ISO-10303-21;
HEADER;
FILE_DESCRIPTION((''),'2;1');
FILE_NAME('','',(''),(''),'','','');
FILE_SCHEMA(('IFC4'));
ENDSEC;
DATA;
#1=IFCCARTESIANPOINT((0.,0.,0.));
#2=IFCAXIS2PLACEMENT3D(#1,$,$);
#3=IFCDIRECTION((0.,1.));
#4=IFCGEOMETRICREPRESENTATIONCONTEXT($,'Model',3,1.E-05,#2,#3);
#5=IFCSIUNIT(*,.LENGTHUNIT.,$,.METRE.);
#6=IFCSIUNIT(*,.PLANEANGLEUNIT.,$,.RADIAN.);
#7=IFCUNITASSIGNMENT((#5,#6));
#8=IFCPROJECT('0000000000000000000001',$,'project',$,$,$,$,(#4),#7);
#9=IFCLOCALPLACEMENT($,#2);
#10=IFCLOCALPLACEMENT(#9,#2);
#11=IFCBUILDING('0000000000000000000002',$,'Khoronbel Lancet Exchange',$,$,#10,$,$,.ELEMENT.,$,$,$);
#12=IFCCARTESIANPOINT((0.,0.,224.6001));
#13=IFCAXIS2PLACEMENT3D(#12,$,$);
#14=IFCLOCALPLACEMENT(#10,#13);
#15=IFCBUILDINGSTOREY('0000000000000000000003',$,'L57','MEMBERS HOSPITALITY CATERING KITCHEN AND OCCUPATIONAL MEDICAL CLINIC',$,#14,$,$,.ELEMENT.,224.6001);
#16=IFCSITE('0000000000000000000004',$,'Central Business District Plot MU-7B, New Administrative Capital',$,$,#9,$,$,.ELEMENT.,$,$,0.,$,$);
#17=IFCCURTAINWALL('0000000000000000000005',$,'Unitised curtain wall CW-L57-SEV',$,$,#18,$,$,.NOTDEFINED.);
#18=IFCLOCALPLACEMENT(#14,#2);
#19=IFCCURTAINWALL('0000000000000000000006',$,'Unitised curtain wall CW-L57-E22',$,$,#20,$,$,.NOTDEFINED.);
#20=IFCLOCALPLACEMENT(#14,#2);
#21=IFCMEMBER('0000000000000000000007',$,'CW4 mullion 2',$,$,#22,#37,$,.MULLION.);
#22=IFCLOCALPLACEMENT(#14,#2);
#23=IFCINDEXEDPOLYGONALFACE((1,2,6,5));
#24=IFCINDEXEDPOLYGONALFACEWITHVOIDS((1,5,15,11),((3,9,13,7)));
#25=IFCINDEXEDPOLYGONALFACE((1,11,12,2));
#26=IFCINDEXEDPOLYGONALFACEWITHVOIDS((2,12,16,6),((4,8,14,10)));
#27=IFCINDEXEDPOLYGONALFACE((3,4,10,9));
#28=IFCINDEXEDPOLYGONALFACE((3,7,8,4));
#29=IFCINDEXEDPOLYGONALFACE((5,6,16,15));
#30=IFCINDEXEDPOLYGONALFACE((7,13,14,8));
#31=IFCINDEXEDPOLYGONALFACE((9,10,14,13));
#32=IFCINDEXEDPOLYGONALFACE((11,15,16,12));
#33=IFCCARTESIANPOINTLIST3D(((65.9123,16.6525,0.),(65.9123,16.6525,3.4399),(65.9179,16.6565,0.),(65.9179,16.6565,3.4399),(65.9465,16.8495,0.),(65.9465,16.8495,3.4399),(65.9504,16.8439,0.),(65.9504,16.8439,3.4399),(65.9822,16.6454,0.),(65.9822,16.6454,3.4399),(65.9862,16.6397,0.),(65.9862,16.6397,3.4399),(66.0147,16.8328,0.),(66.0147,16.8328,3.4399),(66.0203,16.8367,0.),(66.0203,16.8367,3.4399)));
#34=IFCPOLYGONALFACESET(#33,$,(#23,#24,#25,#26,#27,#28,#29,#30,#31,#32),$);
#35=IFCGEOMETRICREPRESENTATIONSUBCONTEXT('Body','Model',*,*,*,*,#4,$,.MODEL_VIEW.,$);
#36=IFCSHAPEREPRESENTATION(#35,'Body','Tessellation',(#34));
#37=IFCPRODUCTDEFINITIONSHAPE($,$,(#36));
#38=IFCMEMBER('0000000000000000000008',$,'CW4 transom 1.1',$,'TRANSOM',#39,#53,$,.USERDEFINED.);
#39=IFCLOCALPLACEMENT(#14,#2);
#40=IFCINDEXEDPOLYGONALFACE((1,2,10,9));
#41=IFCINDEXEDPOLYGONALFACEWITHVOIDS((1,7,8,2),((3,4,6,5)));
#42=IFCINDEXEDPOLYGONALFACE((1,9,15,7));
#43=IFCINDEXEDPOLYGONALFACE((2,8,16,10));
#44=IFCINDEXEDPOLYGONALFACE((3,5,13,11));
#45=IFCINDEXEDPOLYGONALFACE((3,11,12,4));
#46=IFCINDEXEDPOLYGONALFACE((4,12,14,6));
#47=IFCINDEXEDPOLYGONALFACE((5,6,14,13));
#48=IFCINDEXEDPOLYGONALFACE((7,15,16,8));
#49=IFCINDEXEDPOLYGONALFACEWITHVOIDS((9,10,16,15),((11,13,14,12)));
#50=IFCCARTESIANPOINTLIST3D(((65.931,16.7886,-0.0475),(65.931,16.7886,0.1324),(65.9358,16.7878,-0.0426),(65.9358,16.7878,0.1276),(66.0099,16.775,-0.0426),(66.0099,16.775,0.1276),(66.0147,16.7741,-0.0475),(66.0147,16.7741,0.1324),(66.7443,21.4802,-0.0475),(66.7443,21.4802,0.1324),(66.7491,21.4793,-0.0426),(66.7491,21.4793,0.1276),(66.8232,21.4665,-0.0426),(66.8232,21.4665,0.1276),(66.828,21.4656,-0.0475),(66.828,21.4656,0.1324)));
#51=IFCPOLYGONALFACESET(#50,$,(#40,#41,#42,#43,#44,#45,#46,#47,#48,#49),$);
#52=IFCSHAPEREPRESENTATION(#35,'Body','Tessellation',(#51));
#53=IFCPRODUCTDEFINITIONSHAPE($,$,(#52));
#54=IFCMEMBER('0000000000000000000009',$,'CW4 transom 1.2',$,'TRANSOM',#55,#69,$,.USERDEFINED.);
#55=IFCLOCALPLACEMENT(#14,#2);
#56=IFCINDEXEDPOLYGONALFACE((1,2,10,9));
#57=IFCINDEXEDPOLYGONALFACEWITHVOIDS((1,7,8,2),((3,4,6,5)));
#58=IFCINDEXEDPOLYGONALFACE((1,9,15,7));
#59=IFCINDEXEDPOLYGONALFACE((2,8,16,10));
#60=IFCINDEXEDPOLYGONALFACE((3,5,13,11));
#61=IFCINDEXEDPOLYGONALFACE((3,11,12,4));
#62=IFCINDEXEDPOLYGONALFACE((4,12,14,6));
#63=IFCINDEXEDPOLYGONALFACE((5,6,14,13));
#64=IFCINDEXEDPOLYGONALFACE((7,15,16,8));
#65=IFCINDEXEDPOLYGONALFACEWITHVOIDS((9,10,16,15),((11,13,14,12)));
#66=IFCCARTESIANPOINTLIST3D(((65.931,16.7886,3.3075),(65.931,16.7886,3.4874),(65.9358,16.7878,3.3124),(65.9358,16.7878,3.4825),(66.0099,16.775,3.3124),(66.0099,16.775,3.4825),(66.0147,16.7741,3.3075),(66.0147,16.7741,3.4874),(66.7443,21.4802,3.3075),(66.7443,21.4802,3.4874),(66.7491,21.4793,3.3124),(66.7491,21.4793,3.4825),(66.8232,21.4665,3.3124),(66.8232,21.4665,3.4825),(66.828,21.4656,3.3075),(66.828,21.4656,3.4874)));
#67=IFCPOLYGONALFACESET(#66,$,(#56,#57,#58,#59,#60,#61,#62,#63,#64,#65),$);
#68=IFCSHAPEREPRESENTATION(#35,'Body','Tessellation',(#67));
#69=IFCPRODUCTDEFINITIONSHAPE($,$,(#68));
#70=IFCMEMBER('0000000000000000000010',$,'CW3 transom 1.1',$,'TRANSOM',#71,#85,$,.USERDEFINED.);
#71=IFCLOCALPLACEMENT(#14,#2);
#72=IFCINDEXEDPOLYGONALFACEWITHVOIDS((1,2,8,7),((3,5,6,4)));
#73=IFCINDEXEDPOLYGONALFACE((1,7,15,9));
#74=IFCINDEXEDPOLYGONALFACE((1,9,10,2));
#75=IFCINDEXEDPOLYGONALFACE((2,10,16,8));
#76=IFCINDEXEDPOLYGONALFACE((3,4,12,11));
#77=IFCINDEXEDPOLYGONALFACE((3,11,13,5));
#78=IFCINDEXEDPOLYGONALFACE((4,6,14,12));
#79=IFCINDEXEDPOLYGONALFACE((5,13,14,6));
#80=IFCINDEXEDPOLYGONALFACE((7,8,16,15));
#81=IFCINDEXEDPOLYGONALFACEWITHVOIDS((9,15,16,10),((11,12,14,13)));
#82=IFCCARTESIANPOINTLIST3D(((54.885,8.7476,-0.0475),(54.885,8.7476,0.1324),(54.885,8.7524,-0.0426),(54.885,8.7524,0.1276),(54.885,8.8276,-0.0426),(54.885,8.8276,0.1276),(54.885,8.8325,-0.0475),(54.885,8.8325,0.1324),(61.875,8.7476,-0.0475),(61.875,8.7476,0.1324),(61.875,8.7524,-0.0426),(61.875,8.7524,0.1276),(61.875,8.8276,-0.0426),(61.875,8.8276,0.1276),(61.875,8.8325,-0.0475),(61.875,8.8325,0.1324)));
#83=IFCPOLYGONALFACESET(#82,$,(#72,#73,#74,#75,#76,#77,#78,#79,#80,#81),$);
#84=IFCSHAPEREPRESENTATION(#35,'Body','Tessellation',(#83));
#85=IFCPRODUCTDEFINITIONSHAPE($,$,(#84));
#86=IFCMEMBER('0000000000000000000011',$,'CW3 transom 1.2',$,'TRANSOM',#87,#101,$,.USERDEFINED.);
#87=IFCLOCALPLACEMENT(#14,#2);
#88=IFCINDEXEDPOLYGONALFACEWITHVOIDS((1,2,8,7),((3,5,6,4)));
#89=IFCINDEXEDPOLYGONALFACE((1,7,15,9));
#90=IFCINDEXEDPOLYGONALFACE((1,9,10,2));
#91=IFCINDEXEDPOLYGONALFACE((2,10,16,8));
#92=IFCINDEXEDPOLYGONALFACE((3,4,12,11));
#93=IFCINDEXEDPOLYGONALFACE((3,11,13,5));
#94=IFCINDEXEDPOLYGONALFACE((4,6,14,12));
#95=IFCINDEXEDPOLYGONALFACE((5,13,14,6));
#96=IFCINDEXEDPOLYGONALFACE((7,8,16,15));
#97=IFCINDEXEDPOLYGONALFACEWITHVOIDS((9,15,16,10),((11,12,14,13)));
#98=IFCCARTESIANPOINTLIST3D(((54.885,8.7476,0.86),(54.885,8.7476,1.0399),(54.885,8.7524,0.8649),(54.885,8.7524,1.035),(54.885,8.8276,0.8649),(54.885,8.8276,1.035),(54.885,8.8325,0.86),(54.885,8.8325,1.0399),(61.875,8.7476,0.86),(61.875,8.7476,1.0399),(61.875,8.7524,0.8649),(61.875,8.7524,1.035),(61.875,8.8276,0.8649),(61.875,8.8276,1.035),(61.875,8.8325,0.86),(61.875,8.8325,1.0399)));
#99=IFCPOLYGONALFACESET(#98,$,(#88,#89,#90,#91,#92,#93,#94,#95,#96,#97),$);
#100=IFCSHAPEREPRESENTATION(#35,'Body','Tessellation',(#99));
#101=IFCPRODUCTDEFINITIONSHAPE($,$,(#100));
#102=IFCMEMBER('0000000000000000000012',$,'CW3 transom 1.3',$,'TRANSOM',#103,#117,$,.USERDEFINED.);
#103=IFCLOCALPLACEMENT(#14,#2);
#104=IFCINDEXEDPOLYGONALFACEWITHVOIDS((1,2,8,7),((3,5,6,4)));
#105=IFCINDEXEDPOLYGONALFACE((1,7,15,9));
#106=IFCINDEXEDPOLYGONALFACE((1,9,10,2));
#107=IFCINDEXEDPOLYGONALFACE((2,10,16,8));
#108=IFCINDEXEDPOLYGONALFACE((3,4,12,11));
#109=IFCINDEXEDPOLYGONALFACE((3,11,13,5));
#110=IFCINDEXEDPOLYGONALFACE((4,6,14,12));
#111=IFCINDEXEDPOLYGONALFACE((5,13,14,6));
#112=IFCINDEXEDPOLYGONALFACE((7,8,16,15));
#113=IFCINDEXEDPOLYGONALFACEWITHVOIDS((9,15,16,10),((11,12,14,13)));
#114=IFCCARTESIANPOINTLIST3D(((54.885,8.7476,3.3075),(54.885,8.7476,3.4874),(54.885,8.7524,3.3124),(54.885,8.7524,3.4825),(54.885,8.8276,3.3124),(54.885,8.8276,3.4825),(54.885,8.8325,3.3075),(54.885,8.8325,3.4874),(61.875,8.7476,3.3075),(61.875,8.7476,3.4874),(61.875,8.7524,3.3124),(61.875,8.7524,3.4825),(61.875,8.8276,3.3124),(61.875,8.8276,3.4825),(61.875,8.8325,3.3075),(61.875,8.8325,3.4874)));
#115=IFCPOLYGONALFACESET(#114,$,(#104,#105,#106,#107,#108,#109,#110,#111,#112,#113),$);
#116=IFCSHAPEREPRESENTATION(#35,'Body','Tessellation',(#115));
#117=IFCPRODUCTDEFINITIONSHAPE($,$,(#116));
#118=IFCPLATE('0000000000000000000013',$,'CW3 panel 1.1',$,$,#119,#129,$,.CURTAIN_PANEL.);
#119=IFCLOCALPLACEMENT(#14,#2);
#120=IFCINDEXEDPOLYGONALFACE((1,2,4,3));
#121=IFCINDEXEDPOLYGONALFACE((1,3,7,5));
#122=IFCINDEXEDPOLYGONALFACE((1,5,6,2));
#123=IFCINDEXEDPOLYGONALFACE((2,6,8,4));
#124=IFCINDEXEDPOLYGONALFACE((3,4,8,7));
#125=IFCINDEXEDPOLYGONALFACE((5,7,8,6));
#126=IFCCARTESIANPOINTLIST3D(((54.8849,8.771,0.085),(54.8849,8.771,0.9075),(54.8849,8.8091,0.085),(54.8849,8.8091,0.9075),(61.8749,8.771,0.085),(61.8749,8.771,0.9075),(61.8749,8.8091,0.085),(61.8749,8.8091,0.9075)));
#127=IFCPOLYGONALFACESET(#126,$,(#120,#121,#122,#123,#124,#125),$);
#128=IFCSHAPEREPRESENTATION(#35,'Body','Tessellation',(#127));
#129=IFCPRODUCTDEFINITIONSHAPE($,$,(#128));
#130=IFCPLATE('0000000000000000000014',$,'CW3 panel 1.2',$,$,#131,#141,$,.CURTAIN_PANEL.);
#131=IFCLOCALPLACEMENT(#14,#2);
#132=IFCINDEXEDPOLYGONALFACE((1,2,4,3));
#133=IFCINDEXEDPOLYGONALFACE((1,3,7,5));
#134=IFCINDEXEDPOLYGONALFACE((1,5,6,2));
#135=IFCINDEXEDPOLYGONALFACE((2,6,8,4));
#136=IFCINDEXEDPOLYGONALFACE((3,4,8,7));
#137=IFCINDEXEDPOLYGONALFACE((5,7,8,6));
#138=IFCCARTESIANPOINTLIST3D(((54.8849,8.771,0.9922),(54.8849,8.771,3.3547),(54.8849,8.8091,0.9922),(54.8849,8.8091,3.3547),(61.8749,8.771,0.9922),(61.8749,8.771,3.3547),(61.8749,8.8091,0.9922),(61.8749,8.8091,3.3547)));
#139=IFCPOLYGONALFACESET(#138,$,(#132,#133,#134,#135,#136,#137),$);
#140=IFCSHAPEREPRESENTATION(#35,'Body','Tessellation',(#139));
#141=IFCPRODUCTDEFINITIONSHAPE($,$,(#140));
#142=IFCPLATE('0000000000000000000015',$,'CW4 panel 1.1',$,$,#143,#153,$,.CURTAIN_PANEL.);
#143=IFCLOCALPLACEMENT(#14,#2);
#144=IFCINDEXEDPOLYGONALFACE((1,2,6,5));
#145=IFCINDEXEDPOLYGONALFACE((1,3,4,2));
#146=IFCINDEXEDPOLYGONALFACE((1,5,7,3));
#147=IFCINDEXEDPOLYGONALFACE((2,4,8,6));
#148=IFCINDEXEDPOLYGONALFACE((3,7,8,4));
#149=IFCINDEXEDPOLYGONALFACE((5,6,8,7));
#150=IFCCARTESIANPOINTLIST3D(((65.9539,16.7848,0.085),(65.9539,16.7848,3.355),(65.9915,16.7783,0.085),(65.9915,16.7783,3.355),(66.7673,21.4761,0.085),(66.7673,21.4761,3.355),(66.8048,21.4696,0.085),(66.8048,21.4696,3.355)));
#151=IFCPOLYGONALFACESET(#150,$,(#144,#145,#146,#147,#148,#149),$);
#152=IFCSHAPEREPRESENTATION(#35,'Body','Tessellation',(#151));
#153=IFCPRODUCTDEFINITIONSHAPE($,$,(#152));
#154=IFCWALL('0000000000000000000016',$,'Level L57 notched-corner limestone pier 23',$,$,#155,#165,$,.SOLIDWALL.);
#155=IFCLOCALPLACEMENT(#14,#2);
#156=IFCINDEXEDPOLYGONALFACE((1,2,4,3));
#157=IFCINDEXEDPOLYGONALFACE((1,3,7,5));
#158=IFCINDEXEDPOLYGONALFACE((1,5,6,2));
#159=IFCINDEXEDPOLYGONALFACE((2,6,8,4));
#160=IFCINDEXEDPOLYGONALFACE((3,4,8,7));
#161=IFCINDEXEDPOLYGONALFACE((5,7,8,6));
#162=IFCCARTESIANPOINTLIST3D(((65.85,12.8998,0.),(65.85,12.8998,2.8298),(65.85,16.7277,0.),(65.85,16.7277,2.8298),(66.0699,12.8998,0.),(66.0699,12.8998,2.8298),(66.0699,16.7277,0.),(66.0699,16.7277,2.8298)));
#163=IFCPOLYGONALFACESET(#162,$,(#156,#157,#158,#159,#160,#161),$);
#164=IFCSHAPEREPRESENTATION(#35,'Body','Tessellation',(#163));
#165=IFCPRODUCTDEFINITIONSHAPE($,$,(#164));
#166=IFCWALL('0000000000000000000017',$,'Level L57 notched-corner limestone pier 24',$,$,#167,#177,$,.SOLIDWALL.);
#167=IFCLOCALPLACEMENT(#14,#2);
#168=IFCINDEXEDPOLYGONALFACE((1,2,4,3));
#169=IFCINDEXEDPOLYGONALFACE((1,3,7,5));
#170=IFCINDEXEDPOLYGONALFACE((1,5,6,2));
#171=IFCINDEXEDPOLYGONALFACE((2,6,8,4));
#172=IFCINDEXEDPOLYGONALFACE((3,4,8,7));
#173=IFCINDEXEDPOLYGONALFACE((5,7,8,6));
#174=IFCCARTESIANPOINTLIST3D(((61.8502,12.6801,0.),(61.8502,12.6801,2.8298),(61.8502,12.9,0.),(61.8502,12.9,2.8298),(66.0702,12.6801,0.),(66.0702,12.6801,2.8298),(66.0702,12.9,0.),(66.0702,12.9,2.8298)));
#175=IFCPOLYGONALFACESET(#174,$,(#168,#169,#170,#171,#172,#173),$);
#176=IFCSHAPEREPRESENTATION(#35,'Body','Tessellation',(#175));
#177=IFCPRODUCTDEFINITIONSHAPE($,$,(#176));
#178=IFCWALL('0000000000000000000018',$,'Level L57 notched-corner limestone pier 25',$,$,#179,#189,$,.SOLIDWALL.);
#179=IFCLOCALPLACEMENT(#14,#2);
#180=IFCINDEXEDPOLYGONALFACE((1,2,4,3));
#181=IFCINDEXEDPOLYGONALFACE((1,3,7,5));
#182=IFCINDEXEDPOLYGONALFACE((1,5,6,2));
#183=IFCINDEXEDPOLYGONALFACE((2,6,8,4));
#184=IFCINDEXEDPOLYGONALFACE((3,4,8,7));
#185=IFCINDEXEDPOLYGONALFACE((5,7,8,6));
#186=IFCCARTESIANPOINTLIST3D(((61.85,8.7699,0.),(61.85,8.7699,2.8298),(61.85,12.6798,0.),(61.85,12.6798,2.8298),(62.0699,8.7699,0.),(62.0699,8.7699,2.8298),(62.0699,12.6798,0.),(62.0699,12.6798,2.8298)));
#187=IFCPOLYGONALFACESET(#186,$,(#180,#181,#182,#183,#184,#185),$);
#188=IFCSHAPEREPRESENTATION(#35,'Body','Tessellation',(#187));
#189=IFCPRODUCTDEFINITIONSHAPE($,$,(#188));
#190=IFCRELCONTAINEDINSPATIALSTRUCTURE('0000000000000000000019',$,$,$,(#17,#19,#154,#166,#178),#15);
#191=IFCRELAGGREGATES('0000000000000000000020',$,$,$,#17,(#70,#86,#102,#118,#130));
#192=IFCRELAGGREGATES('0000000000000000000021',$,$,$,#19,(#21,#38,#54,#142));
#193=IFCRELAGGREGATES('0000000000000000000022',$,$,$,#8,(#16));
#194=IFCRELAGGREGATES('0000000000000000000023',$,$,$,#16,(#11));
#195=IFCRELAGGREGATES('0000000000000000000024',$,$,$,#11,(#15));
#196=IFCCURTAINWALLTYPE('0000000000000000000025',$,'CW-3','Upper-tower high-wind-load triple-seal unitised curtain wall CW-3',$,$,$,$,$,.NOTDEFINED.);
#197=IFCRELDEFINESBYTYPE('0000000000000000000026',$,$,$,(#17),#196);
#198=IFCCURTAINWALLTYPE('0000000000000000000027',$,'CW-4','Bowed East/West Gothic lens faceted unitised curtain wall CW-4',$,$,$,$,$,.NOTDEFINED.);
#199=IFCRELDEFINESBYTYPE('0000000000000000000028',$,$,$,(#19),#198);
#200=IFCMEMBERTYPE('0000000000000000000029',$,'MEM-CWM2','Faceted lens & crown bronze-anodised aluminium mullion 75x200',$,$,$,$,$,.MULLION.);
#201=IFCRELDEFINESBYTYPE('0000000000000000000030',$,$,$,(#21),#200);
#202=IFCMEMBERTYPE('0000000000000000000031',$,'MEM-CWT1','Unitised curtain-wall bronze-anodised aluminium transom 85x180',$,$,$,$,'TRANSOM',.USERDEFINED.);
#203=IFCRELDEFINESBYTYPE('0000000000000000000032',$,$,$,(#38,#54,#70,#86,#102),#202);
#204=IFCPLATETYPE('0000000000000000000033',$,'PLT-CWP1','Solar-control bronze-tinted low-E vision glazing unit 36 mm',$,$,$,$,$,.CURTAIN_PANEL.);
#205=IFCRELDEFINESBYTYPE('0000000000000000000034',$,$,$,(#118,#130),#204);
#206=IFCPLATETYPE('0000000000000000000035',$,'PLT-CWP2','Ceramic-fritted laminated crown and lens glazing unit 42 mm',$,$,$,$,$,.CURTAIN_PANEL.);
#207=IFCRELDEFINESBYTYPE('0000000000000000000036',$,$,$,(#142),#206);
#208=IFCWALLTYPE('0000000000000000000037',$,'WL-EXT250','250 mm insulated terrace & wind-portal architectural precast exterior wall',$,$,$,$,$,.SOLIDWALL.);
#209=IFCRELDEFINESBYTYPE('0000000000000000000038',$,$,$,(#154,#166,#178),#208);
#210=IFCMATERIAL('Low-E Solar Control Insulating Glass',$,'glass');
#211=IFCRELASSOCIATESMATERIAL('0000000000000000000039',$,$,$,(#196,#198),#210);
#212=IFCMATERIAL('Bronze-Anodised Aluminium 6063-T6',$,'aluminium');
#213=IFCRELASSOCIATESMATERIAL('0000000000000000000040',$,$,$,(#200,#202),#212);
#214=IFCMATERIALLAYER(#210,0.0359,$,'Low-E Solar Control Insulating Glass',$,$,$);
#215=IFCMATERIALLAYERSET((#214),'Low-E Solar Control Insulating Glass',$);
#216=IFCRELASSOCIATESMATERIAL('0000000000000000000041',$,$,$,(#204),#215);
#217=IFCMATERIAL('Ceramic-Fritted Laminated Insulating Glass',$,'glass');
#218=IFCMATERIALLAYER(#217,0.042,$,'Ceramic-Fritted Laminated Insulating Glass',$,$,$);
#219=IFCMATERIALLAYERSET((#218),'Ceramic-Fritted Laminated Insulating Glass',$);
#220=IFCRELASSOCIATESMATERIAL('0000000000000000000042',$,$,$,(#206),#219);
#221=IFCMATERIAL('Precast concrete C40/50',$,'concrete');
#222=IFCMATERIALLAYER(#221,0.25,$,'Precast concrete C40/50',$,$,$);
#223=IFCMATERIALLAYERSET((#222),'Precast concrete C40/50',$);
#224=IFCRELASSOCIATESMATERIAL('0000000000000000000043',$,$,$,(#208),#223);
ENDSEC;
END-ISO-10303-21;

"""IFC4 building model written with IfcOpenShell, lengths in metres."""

from ifc_helpers import new_model, si_unit, direction, frame, frame_2d, origin, origin_2d, place, context, subcontext, project, spatial, rectangle, hollow_rectangle, extrude, material, layer, layer_set, material_profile, profile_set, type_object, element, aggregate, save


model = new_model("IFC4")

# Units and contexts
model_context = context("Model", 3, precision=1e-05, world=origin(), true_north=direction((0.0, 1.0)))
body_context = subcontext(model_context, "Body", "Model", "MODEL_VIEW")
ifc_project = project(units=[si_unit("LENGTHUNIT", "METRE"), si_unit("PLANEANGLEUNIT", "RADIAN")], contexts=[model_context])

# Site, building, storey
site_placement = place(None, origin())
site = spatial("IfcSite", under=ifc_project, at=site_placement, Name="Central Business District Plot MU-7B, New Administrative Capital", CompositionType="ELEMENT", RefElevation=0.0)
building_placement = place(site_placement, origin())
building = spatial("IfcBuilding", under=site, at=building_placement, Name="Khoronbel Lancet Exchange", CompositionType="ELEMENT")
storey_placement = place(building_placement, frame((0.0, 0.0, 224.6001)))
storey = spatial("IfcBuildingStorey", under=building, at=storey_placement, Name="L57", Description="MEMBERS HOSPITALITY CATERING KITCHEN AND OCCUPATIONAL MEDICAL CLINIC", CompositionType="ELEMENT", Elevation=224.6001)

# Shared definitions
ifc_material_1 = material(Name="Low-E Solar Control Insulating Glass", Category="glass")
curtain_wall_type_1 = type_object("IfcCurtainWallType", Name="CW-3", Description="Upper-tower high-wind-load triple-seal unitised curtain wall CW-3", PredefinedType="NOTDEFINED", material=ifc_material_1)
ifc_material_2 = material(Name="Bronze-Anodised Aluminium 6063-T6", Category="aluminium")

# Curtain wall
curtain_wall_1_placement = place(storey_placement, origin())
curtain_wall_1 = element("IfcCurtainWall", 1, at=curtain_wall_1_placement, inside=storey, type_object=curtain_wall_type_1, Name="Unitised curtain wall CW-L57-SEV", PredefinedType="NOTDEFINED")

# Shared definitions
curtain_wall_type_2 = type_object("IfcCurtainWallType", Name="CW-4", Description="Bowed East/West Gothic lens faceted unitised curtain wall CW-4", PredefinedType="NOTDEFINED", material=ifc_material_1)
ifc_material_profile_1 = material_profile(ifc_material_2, hollow_rectangle(XDim=0.075, YDim=0.2, WallThickness=0.0049, at=origin_2d()), Name="ALU MULLION 75x200")
ifc_profile_set_1 = profile_set([ifc_material_profile_1], Name="Bronze-Anodised Aluminium 6063-T6")
member_type_1 = type_object("IfcMemberType", Name="MEM-CWM2", Description="Faceted lens & crown bronze-anodised aluminium mullion 75x200", PredefinedType="MULLION", material=ifc_profile_set_1)

# Curtain wall, members
curtain_wall_2_placement = place(storey_placement, origin())
curtain_wall_2 = element("IfcCurtainWall", 2, at=curtain_wall_2_placement, inside=storey, type_object=curtain_wall_type_2, Name="Unitised curtain wall CW-L57-E22", PredefinedType="NOTDEFINED")
member_1_placement = place(storey_placement, frame((65.9663, 16.7446, 0.0), z_axis=(0.0, 0.0, 1.0), x_axis=(0.9853, -0.170834, 0.0)))
member_1 = element("IfcMember", 3, at=member_1_placement, type_object=member_type_1, Name="CW4 mullion 2", PredefinedType="MULLION", context=body_context, shape_type="SweptSolid", body=[
    extrude(hollow_rectangle(XDim=0.075, YDim=0.2, WallThickness=0.0049, at=origin_2d()), origin(), (0.0, 0.0, 1.0), 3.4399),
])
ifc_material_profile_2 = material_profile(ifc_material_2, hollow_rectangle(XDim=0.085, YDim=0.1799, WallThickness=0.0049, at=origin_2d()), Name="ALU TRANSOM 85x180")
ifc_profile_set_2 = profile_set([ifc_material_profile_2], Name="Bronze-Anodised Aluminium 6063-T6")
member_type_2 = type_object("IfcMemberType", Name="MEM-CWT1", Description="Unitised curtain-wall bronze-anodised aluminium transom 85x180", ElementType="TRANSOM", PredefinedType="USERDEFINED", material=ifc_profile_set_2)
member_2_placement = place(storey_placement, frame((66.7861, 21.4729, 0.0425), z_axis=(-0.170798, -0.985306, 0.0), x_axis=(0.985306, -0.170798, 0.0)))
member_2 = element("IfcMember", 4, at=member_2_placement, type_object=member_type_2, Name="CW4 transom 1.1", ObjectType="TRANSOM", PredefinedType="USERDEFINED", context=body_context, shape_type="SweptSolid", body=[
    extrude(hollow_rectangle(XDim=0.085, YDim=0.1799, WallThickness=0.0049, at=origin_2d()), origin(), (0.0, 0.0, 1.0), 4.7615),
])
member_3_placement = place(storey_placement, frame((66.7861, 21.4729, 3.3975), z_axis=(-0.170798, -0.985306, 0.0), x_axis=(0.985306, -0.170798, 0.0)))
member_3 = element("IfcMember", 5, at=member_3_placement, type_object=member_type_2, Name="CW4 transom 1.2", ObjectType="TRANSOM", PredefinedType="USERDEFINED", context=body_context, shape_type="SweptSolid", body=[
    extrude(hollow_rectangle(XDim=0.085, YDim=0.1799, WallThickness=0.0049, at=origin_2d()), origin(), (0.0, 0.0, 1.0), 4.7615),
])

# Members
member_4_placement = place(storey_placement, frame((54.885, 8.79, 0.0425), z_axis=(1.0, 0.0, 0.0), x_axis=(0.0, 1.0, 0.0)))
member_4 = element("IfcMember", 6, at=member_4_placement, type_object=member_type_2, Name="CW3 transom 1.1", ObjectType="TRANSOM", PredefinedType="USERDEFINED", context=body_context, shape_type="SweptSolid", body=[
    extrude(hollow_rectangle(XDim=0.085, YDim=0.1799, WallThickness=0.0049, at=origin_2d()), origin(), (0.0, 0.0, 1.0), 6.99),
])
member_5_placement = place(storey_placement, frame((54.885, 8.79, 0.95), z_axis=(1.0, 0.0, 0.0), x_axis=(0.0, 1.0, 0.0)))
member_5 = element("IfcMember", 7, at=member_5_placement, type_object=member_type_2, Name="CW3 transom 1.2", ObjectType="TRANSOM", PredefinedType="USERDEFINED", context=body_context, shape_type="SweptSolid", body=[
    extrude(hollow_rectangle(XDim=0.085, YDim=0.1799, WallThickness=0.0049, at=origin_2d()), origin(), (0.0, 0.0, 1.0), 6.99),
])
member_6_placement = place(storey_placement, frame((54.885, 8.79, 3.3975), z_axis=(1.0, 0.0, 0.0), x_axis=(0.0, 1.0, 0.0)))
member_6 = element("IfcMember", 8, at=member_6_placement, type_object=member_type_2, Name="CW3 transom 1.3", ObjectType="TRANSOM", PredefinedType="USERDEFINED", context=body_context, shape_type="SweptSolid", body=[
    extrude(hollow_rectangle(XDim=0.085, YDim=0.1799, WallThickness=0.0049, at=origin_2d()), origin(), (0.0, 0.0, 1.0), 6.99),
])

# Plates
ifc_layer_1 = layer(ifc_material_1, 0.0359, Name="Low-E Solar Control Insulating Glass")
ifc_layer_set_1 = layer_set([ifc_layer_1], Name="Low-E Solar Control Insulating Glass")
plate_type_1 = type_object("IfcPlateType", Name="PLT-CWP1", Description="Solar-control bronze-tinted low-E vision glazing unit 36 mm", PredefinedType="CURTAIN_PANEL", material=ifc_layer_set_1)
plate_1_placement = place(storey_placement, frame((58.3799, 8.79, 0.085), z_axis=(0.0, 0.0, 1.0), x_axis=(1.0, 0.0, 0.0)))
plate_1 = element("IfcPlate", 9, at=plate_1_placement, type_object=plate_type_1, Name="CW3 panel 1.1", PredefinedType="CURTAIN_PANEL", context=body_context, shape_type="SweptSolid", body=[
    extrude(rectangle(XDim=6.99, YDim=0.0381, at=origin_2d()), origin(), (0.0, 0.0, 1.0), 0.8225),
])
plate_2_placement = place(storey_placement, frame((58.3799, 8.79, 0.9922), z_axis=(0.0, 0.0, 1.0), x_axis=(1.0, 0.0, 0.0)))
plate_2 = element("IfcPlate", 10, at=plate_2_placement, type_object=plate_type_1, Name="CW3 panel 1.2", PredefinedType="CURTAIN_PANEL", context=body_context, shape_type="SweptSolid", body=[
    extrude(rectangle(XDim=6.99, YDim=0.0381, at=origin_2d()), origin(), (0.0, 0.0, 1.0), 2.3625),
])
aggregate(curtain_wall_1, [member_4, member_5, member_6, plate_1, plate_2])
ifc_material_3 = material(Name="Ceramic-Fritted Laminated Insulating Glass", Category="glass")
ifc_layer_2 = layer(ifc_material_3, 0.042, Name="Ceramic-Fritted Laminated Insulating Glass")
ifc_layer_set_2 = layer_set([ifc_layer_2], Name="Ceramic-Fritted Laminated Insulating Glass")
plate_type_2 = type_object("IfcPlateType", Name="PLT-CWP2", Description="Ceramic-fritted laminated crown and lens glazing unit 42 mm", PredefinedType="CURTAIN_PANEL", material=ifc_layer_set_2)
plate_3_placement = place(storey_placement, frame((66.3794, 19.1272, 0.085), z_axis=(0.0, 0.0, 1.0), x_axis=(-0.170834, -0.9853, 0.0)))
plate_3 = element("IfcPlate", 11, at=plate_3_placement, type_object=plate_type_2, Name="CW4 panel 1.1", PredefinedType="CURTAIN_PANEL", context=body_context, shape_type="SweptSolid", body=[
    extrude(rectangle(XDim=4.7612, YDim=0.0381, at=origin_2d()), origin(), (0.0, 0.0, 1.0), 3.27),
])
aggregate(curtain_wall_2, [member_1, member_2, member_3, plate_3])

# Walls
ifc_material_4 = material(Name="Precast concrete C40/50", Category="concrete")
ifc_layer_3 = layer(ifc_material_4, 0.25, Name="Precast concrete C40/50")
ifc_layer_set_3 = layer_set([ifc_layer_3], Name="Precast concrete C40/50")
wall_type_1 = type_object("IfcWallType", Name="WL-EXT250", Description="250 mm insulated terrace & wind-portal architectural precast exterior wall", PredefinedType="SOLIDWALL", material=ifc_layer_set_3)
wall_1_placement = place(storey_placement, frame((65.96, 16.7278, 0.0), z_axis=(0.0, 0.0, 1.0), x_axis=(0.0, -1.0, 0.0)))
element("IfcWall", 12, at=wall_1_placement, inside=storey, type_object=wall_type_1, Name="Level L57 notched-corner limestone pier 23", PredefinedType="SOLIDWALL", context=body_context, shape_type="SweptSolid", body=[
    extrude(rectangle(XDim=3.8279, YDim=0.22, at=frame_2d((1.9141, 0.0))), origin(), (0.0, 0.0, 1.0), 2.8298),
])
wall_2_placement = place(storey_placement, frame((66.0701, 12.79, 0.0), z_axis=(0.0, 0.0, 1.0), x_axis=(-1.0, 0.0, 0.0)))
element("IfcWall", 13, at=wall_2_placement, inside=storey, type_object=wall_type_1, Name="Level L57 notched-corner limestone pier 24", PredefinedType="SOLIDWALL", context=body_context, shape_type="SweptSolid", body=[
    extrude(rectangle(XDim=4.22, YDim=0.22, at=frame_2d((2.1099, 0.0))), origin(), (0.0, 0.0, 1.0), 2.8298),
])
wall_3_placement = place(storey_placement, frame((61.96, 12.6799, 0.0), z_axis=(0.0, 0.0, 1.0), x_axis=(0.0, -1.0, 0.0)))
element("IfcWall", 14, at=wall_3_placement, inside=storey, type_object=wall_type_1, Name="Level L57 notched-corner limestone pier 25", PredefinedType="SOLIDWALL", context=body_context, shape_type="SweptSolid", body=[
    extrude(rectangle(XDim=3.9099, YDim=0.22, at=frame_2d((1.9551, 0.0))), origin(), (0.0, 0.0, 1.0), 2.8298),
])

save(model, "model.ifc")
